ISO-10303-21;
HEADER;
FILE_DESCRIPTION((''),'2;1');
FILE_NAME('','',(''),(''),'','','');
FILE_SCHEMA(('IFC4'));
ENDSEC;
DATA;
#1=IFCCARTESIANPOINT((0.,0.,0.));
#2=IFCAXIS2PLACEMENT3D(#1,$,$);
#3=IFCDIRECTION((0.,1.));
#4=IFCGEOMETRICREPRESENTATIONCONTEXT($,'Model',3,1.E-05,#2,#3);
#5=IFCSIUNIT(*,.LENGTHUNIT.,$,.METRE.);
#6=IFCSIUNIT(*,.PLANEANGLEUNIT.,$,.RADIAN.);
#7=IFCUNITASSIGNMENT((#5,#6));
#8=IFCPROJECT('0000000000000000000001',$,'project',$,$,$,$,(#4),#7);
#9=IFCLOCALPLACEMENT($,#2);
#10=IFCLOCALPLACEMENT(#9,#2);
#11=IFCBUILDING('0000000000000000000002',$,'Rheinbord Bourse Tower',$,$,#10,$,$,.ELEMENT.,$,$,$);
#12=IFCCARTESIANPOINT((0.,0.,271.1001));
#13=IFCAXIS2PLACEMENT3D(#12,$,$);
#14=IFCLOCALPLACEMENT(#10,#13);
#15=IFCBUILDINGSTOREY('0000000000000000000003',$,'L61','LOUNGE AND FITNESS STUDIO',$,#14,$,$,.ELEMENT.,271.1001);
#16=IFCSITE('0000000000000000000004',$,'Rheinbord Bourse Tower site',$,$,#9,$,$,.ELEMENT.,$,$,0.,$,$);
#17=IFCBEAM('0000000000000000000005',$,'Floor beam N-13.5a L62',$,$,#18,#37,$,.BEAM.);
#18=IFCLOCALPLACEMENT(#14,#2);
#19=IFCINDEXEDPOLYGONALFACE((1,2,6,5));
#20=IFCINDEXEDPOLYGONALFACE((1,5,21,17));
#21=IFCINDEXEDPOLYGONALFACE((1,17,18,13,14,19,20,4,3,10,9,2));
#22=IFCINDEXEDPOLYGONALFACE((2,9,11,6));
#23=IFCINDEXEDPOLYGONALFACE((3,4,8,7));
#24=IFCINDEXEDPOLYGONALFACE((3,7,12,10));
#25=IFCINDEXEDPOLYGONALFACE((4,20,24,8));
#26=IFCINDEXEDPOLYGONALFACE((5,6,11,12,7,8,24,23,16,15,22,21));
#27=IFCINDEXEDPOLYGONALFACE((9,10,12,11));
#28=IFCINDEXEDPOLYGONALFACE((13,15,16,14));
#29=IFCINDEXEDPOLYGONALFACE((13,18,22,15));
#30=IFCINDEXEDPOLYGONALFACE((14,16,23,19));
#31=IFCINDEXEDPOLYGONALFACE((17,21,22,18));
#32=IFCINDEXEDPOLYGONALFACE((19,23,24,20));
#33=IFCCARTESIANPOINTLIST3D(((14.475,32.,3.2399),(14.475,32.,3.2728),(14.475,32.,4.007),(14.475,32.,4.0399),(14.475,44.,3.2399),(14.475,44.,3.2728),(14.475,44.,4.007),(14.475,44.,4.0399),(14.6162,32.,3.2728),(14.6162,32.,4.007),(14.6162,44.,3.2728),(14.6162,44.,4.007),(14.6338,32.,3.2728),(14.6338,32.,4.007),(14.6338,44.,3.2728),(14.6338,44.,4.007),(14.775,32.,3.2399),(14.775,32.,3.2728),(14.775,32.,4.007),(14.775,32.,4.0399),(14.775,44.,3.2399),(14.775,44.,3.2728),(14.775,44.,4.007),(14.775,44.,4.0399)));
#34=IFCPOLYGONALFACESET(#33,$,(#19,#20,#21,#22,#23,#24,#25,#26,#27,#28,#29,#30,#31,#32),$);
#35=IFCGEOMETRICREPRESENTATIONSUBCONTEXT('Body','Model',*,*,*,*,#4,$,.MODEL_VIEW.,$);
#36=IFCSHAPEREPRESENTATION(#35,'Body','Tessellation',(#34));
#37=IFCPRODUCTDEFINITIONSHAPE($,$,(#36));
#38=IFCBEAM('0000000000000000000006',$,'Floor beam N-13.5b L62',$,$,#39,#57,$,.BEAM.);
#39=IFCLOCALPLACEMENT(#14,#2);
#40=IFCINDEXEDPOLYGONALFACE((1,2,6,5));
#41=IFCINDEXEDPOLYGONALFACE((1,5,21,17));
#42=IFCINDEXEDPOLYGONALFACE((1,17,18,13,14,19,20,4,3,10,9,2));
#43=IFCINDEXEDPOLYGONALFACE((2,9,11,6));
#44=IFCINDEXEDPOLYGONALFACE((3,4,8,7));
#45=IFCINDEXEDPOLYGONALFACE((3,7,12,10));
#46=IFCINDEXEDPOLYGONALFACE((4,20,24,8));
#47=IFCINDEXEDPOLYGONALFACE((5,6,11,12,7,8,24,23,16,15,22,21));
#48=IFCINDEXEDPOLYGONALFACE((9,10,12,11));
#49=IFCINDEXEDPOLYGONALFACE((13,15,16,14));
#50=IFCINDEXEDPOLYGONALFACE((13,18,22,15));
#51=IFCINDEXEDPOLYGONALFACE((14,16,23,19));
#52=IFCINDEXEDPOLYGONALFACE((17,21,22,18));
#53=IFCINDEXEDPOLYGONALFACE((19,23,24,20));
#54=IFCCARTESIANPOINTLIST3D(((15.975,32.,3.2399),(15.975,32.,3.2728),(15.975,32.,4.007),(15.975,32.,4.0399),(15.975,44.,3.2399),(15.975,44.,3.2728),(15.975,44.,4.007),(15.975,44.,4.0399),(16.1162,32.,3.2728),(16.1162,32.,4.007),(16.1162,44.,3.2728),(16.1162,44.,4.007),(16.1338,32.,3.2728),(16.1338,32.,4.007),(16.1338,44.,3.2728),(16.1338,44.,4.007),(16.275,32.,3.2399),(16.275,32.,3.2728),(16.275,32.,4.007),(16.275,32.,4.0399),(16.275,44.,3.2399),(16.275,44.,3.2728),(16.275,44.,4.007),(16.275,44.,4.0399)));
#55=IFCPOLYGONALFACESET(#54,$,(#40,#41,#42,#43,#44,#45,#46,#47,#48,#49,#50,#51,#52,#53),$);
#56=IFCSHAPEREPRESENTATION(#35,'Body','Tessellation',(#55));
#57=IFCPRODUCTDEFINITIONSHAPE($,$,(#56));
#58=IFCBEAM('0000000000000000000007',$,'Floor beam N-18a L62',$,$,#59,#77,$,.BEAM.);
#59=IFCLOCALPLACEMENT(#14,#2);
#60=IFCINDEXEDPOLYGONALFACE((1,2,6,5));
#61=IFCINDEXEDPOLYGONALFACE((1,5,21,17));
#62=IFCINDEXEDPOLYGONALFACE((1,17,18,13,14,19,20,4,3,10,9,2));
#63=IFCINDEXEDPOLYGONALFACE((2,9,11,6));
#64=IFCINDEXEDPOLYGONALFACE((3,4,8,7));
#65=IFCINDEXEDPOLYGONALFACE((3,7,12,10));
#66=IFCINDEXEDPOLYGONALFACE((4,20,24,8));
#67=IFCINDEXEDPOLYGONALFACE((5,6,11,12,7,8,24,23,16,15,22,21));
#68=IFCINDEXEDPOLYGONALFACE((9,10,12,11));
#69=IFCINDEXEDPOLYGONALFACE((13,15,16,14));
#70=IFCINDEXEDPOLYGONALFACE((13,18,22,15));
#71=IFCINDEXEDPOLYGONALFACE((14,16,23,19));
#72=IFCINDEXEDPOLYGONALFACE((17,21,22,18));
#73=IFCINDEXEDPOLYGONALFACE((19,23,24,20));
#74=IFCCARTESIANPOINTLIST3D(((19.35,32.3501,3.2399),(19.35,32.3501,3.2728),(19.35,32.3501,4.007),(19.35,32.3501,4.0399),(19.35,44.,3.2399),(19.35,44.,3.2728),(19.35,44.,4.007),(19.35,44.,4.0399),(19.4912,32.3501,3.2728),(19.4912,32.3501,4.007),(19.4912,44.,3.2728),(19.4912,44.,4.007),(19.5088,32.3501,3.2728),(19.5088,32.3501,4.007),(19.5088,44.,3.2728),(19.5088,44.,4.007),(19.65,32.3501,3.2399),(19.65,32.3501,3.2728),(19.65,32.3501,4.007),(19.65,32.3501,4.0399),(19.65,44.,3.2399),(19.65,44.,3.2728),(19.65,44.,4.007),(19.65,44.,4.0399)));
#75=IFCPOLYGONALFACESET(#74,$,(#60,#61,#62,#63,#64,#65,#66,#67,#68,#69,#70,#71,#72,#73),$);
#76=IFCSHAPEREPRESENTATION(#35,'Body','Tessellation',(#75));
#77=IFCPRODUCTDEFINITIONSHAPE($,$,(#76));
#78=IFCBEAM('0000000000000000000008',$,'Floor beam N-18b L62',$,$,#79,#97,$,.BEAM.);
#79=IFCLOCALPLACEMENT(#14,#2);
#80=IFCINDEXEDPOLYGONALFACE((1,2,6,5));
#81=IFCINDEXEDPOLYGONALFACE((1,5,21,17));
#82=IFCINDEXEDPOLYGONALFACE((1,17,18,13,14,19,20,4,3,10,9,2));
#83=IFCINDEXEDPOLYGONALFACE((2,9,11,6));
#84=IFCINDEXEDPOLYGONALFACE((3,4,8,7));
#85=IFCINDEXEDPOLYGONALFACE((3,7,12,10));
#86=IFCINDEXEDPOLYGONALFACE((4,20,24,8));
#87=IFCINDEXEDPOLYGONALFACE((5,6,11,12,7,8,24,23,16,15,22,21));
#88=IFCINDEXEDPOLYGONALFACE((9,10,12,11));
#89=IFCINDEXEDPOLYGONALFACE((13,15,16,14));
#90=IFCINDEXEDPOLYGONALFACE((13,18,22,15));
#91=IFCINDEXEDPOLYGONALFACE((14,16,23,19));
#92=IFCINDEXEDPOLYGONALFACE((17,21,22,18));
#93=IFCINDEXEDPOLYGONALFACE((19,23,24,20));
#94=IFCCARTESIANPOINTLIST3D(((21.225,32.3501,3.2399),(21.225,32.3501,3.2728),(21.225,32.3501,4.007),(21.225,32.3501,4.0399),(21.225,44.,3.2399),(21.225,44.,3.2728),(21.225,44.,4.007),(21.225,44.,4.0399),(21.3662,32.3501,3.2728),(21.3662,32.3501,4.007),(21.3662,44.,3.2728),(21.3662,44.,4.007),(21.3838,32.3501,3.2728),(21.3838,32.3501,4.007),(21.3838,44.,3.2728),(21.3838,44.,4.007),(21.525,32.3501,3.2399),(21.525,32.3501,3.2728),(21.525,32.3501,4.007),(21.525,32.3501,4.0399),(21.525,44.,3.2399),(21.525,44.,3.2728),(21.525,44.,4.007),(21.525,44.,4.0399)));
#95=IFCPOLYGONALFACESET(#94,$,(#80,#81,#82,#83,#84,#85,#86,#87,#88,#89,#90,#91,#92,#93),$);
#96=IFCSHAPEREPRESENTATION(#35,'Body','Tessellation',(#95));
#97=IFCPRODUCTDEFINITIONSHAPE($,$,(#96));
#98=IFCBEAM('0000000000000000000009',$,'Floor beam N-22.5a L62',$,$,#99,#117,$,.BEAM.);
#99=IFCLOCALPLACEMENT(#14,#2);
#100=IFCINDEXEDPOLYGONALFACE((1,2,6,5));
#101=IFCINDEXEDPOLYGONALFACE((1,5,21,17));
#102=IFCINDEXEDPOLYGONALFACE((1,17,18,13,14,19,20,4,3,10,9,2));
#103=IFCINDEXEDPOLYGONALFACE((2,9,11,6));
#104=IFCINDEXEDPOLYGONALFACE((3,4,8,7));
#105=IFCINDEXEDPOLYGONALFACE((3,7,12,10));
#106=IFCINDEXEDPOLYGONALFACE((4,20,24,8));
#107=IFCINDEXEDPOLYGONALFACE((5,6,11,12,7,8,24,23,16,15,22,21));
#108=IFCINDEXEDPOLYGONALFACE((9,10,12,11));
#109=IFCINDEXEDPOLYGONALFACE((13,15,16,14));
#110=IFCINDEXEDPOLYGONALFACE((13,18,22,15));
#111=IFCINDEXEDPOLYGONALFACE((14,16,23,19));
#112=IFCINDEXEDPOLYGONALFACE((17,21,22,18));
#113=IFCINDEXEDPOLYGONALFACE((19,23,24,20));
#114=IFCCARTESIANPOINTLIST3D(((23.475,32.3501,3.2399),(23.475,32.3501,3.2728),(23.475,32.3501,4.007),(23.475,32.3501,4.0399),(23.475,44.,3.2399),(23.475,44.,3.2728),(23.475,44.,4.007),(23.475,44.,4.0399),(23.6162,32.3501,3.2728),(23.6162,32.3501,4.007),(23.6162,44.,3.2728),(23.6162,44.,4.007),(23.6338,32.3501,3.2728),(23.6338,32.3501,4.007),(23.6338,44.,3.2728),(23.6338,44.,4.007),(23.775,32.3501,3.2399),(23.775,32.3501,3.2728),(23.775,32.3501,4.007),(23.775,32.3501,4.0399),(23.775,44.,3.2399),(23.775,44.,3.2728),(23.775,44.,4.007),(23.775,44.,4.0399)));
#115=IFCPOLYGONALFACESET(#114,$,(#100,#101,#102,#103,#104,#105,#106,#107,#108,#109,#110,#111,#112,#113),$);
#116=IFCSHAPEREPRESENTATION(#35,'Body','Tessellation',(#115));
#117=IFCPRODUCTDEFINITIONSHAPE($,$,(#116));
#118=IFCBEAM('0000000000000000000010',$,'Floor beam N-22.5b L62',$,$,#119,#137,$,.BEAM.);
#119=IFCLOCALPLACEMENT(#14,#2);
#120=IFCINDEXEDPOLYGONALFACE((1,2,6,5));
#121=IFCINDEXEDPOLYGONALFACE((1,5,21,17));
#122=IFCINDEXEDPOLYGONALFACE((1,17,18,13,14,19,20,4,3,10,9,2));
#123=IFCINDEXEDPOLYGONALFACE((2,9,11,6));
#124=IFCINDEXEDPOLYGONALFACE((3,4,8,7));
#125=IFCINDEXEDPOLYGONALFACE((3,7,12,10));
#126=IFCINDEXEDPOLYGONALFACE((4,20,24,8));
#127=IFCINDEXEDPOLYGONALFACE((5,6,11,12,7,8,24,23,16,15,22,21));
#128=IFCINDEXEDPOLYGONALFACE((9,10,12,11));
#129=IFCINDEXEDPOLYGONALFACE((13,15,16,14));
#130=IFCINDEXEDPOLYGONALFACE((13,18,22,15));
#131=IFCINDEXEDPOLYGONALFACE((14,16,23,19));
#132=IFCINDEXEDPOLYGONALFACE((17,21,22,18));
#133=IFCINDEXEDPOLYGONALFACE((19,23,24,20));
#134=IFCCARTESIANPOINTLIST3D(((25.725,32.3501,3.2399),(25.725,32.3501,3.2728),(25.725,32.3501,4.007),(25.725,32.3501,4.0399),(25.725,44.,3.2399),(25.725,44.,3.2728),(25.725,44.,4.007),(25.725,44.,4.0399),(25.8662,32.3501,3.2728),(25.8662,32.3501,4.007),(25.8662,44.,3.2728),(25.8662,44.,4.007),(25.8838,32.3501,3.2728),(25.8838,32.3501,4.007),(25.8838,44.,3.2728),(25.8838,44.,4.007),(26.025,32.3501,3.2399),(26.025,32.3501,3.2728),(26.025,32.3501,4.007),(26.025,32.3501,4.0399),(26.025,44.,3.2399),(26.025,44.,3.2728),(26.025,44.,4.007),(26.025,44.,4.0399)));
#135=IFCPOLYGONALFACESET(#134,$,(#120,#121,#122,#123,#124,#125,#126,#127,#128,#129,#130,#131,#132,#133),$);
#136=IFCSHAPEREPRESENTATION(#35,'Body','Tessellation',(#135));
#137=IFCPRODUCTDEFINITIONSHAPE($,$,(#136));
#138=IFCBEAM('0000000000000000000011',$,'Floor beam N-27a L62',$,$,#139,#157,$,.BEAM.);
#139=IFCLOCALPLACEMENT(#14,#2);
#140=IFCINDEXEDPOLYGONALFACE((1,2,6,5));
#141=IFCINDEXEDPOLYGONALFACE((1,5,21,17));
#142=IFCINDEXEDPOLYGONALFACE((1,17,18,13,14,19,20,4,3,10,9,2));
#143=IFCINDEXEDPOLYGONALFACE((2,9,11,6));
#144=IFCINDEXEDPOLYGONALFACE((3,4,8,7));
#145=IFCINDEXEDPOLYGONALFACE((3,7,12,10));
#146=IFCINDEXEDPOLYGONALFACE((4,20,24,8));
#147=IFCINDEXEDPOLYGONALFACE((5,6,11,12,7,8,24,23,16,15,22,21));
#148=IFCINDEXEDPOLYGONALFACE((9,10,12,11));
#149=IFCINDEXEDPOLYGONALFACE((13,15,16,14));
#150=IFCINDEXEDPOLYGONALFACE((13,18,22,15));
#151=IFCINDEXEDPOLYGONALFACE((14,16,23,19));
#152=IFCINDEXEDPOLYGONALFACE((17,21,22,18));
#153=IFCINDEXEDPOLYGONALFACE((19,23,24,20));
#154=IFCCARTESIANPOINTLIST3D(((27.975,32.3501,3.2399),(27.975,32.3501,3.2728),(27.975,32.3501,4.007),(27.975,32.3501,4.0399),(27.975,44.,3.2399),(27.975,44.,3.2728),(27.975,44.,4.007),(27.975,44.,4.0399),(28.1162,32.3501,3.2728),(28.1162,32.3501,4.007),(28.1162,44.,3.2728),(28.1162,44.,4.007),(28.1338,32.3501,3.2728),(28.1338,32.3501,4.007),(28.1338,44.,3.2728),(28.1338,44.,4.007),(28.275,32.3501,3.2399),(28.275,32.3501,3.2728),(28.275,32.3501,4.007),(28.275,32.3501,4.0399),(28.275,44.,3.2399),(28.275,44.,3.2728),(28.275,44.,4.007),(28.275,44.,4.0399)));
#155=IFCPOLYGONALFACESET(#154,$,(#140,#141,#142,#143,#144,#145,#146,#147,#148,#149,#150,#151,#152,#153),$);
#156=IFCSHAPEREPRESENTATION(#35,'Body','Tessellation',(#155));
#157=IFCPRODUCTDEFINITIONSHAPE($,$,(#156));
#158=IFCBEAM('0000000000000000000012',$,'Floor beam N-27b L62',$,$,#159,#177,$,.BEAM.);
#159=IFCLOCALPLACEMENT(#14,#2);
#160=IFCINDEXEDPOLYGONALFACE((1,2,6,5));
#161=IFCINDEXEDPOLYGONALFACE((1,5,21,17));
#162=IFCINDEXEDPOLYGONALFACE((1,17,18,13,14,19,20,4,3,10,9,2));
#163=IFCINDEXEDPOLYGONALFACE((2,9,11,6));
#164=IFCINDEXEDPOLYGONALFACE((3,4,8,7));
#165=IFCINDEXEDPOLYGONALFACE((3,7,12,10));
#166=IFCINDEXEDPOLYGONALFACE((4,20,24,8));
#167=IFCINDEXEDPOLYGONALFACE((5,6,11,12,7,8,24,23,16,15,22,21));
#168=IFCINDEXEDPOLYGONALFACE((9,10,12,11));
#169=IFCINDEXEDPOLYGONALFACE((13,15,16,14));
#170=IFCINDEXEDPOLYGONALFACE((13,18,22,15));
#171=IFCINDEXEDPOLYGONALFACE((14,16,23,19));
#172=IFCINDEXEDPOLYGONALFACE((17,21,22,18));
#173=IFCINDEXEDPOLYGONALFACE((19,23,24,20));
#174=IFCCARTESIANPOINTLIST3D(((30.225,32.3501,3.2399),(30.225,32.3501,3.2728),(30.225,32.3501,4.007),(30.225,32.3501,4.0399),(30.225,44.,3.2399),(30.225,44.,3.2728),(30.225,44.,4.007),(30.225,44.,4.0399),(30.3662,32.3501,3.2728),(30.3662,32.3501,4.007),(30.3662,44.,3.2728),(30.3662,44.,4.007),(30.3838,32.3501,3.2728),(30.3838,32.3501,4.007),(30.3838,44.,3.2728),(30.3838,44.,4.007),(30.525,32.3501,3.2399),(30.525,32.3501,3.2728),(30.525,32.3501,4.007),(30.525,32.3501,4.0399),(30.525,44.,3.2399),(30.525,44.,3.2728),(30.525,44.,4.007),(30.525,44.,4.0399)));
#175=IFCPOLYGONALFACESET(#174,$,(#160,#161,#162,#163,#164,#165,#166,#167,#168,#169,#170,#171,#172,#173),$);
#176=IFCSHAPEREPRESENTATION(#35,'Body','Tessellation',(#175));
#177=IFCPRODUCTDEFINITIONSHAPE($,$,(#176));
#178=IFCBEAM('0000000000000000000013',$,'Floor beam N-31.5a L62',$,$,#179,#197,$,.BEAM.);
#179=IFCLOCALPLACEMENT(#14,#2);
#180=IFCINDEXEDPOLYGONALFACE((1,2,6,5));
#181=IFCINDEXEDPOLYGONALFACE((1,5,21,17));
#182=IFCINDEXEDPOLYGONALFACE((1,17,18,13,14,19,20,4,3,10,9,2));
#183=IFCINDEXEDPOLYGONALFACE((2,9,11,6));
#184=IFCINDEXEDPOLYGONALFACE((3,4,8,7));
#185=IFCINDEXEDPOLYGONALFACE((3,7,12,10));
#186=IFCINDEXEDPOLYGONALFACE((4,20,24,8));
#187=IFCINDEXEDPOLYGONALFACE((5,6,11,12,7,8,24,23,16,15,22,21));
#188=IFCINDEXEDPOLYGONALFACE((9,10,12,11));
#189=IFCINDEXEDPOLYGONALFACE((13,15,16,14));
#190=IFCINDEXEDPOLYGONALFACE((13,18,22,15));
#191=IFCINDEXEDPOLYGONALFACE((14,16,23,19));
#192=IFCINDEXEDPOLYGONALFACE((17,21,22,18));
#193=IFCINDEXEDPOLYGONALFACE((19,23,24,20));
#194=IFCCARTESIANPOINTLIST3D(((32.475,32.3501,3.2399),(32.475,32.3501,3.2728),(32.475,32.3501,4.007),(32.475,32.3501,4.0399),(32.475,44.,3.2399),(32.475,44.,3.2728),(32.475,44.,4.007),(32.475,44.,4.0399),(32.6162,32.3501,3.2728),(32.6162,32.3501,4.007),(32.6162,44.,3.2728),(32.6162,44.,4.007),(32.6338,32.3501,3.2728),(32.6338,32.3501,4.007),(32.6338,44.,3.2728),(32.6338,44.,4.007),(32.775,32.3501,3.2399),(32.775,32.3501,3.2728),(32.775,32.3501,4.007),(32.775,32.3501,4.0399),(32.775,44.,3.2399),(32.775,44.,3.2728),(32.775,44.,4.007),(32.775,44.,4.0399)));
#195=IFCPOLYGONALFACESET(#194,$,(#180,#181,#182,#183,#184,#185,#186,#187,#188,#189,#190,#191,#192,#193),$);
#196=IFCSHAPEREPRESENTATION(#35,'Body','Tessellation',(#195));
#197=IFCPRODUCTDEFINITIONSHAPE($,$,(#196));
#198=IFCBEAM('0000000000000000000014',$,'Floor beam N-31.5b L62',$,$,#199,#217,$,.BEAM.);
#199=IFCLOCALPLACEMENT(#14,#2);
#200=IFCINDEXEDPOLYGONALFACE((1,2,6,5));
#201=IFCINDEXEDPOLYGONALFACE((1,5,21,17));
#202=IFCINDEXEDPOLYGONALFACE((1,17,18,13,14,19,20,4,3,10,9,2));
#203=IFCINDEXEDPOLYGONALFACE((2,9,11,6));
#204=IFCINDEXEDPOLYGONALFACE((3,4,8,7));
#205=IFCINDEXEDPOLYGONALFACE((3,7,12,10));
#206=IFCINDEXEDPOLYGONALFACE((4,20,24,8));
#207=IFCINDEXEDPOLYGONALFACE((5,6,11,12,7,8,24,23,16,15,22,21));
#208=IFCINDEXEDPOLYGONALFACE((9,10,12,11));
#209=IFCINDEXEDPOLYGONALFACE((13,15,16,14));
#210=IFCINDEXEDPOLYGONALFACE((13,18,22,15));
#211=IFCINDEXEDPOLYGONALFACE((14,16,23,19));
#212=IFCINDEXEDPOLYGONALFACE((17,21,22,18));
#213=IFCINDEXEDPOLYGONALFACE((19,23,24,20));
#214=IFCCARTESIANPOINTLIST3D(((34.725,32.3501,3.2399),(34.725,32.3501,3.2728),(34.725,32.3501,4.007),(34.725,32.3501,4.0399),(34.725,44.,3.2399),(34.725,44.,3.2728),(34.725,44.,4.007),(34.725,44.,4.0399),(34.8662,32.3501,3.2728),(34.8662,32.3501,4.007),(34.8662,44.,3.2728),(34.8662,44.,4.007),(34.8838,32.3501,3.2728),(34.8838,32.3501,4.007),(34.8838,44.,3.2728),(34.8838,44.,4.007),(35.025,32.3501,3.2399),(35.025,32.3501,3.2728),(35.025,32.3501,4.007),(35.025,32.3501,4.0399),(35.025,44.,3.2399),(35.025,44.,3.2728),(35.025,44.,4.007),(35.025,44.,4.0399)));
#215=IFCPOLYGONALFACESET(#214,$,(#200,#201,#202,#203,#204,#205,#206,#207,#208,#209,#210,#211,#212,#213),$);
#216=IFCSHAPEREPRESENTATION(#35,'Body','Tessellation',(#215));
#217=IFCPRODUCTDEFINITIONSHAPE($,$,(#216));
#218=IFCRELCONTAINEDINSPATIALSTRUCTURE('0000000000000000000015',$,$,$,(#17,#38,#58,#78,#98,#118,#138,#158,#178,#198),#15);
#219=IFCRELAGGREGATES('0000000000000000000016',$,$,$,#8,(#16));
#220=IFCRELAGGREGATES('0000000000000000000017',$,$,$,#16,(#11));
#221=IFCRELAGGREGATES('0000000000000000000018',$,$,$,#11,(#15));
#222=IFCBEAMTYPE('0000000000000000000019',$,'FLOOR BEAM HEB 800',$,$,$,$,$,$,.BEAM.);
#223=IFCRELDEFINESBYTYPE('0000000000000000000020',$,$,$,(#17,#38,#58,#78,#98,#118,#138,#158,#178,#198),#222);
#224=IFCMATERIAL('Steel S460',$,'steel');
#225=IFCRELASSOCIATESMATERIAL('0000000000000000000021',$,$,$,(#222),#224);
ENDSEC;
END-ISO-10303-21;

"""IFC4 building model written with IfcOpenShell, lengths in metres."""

from ifc_helpers import new_model, si_unit, direction, frame, origin, origin_2d, place, context, subcontext, project, spatial, i_section, extrude, material, material_profile, profile_set, type_object, element, save


model = new_model("IFC4")

# Units and contexts
model_context = context("Model", 3, precision=1e-05, world=origin(), true_north=direction((0.0, 1.0)))
body_context = subcontext(model_context, "Body", "Model", "MODEL_VIEW")
ifc_project = project(units=[si_unit("LENGTHUNIT", "METRE"), si_unit("PLANEANGLEUNIT", "RADIAN")], contexts=[model_context])

# Site, building, storey
site_placement = place(None, origin())
site = spatial("IfcSite", under=ifc_project, at=site_placement, Name="Rheinbord Bourse Tower site", CompositionType="ELEMENT", RefElevation=0.0)
building_placement = place(site_placement, origin())
building = spatial("IfcBuilding", under=site, at=building_placement, Name="Rheinbord Bourse Tower", CompositionType="ELEMENT")
storey_placement = place(building_placement, frame((0.0, 0.0, 271.1001)))
storey = spatial("IfcBuildingStorey", under=building, at=storey_placement, Name="L61", Description="LOUNGE AND FITNESS STUDIO", CompositionType="ELEMENT", Elevation=271.1001)

# Beams
ifc_material_1 = material(Name="Steel S460", Category="steel")
ifc_material_profile_1 = material_profile(ifc_material_1, i_section(OverallWidth=0.3, OverallDepth=0.8, WebThickness=0.0176, FlangeThickness=0.033, at=origin_2d()), Name="HEB 800")
ifc_profile_set_1 = profile_set([ifc_material_profile_1], Name="Steel S460")
beam_type_1 = type_object("IfcBeamType", Name="FLOOR BEAM HEB 800", PredefinedType="BEAM", material=ifc_profile_set_1)
for number, where, z_axis, x_axis, name in (
    (1, (14.625, 44.0, 3.6399), (0.0, -1.0, 0.0), (1.0, 0.0, 0.0), "Floor beam N-13.5a L62"),
    (2, (16.125, 44.0, 3.6399), (0.0, -1.0, 0.0), (1.0, 0.0, 0.0), "Floor beam N-13.5b L62"),
):
    element("IfcBeam", number, at=place(storey_placement, frame(where, z_axis=z_axis, x_axis=x_axis)), inside=storey, type_object=beam_type_1, Name=name, PredefinedType="BEAM", context=body_context, shape_type="SweptSolid", body=[
        extrude(i_section(OverallWidth=0.3, OverallDepth=0.8, WebThickness=0.0176, FlangeThickness=0.033, at=origin_2d()), origin(), (0.0, 0.0, 1.0), 12.0),
    ])
for number, where, z_axis, x_axis, name in (
    (3, (19.5, 44.0, 3.6399), (0.0, -1.0, 0.0), (1.0, 0.0, 0.0), "Floor beam N-18a L62"),
    (4, (21.375, 44.0, 3.6399), (0.0, -1.0, 0.0), (1.0, 0.0, 0.0), "Floor beam N-18b L62"),
    (5, (23.625, 44.0, 3.6399), (0.0, -1.0, 0.0), (1.0, 0.0, 0.0), "Floor beam N-22.5a L62"),
    (6, (25.875, 44.0, 3.6399), (0.0, -1.0, 0.0), (1.0, 0.0, 0.0), "Floor beam N-22.5b L62"),
    (7, (28.125, 44.0, 3.6399), (0.0, -1.0, 0.0), (1.0, 0.0, 0.0), "Floor beam N-27a L62"),
    (8, (30.375, 44.0, 3.6399), (0.0, -1.0, 0.0), (1.0, 0.0, 0.0), "Floor beam N-27b L62"),
    (9, (32.625, 44.0, 3.6399), (0.0, -1.0, 0.0), (1.0, 0.0, 0.0), "Floor beam N-31.5a L62"),
    (10, (34.875, 44.0, 3.6399), (0.0, -1.0, 0.0), (1.0, 0.0, 0.0), "Floor beam N-31.5b L62"),
):
    element("IfcBeam", number, at=place(storey_placement, frame(where, z_axis=z_axis, x_axis=x_axis)), inside=storey, type_object=beam_type_1, Name=name, PredefinedType="BEAM", context=body_context, shape_type="SweptSolid", body=[
        extrude(i_section(OverallWidth=0.3, OverallDepth=0.8, WebThickness=0.0176, FlangeThickness=0.033, at=origin_2d()), origin(), (0.0, 0.0, 1.0), 11.6499),
    ])

save(model, "model.ifc")
